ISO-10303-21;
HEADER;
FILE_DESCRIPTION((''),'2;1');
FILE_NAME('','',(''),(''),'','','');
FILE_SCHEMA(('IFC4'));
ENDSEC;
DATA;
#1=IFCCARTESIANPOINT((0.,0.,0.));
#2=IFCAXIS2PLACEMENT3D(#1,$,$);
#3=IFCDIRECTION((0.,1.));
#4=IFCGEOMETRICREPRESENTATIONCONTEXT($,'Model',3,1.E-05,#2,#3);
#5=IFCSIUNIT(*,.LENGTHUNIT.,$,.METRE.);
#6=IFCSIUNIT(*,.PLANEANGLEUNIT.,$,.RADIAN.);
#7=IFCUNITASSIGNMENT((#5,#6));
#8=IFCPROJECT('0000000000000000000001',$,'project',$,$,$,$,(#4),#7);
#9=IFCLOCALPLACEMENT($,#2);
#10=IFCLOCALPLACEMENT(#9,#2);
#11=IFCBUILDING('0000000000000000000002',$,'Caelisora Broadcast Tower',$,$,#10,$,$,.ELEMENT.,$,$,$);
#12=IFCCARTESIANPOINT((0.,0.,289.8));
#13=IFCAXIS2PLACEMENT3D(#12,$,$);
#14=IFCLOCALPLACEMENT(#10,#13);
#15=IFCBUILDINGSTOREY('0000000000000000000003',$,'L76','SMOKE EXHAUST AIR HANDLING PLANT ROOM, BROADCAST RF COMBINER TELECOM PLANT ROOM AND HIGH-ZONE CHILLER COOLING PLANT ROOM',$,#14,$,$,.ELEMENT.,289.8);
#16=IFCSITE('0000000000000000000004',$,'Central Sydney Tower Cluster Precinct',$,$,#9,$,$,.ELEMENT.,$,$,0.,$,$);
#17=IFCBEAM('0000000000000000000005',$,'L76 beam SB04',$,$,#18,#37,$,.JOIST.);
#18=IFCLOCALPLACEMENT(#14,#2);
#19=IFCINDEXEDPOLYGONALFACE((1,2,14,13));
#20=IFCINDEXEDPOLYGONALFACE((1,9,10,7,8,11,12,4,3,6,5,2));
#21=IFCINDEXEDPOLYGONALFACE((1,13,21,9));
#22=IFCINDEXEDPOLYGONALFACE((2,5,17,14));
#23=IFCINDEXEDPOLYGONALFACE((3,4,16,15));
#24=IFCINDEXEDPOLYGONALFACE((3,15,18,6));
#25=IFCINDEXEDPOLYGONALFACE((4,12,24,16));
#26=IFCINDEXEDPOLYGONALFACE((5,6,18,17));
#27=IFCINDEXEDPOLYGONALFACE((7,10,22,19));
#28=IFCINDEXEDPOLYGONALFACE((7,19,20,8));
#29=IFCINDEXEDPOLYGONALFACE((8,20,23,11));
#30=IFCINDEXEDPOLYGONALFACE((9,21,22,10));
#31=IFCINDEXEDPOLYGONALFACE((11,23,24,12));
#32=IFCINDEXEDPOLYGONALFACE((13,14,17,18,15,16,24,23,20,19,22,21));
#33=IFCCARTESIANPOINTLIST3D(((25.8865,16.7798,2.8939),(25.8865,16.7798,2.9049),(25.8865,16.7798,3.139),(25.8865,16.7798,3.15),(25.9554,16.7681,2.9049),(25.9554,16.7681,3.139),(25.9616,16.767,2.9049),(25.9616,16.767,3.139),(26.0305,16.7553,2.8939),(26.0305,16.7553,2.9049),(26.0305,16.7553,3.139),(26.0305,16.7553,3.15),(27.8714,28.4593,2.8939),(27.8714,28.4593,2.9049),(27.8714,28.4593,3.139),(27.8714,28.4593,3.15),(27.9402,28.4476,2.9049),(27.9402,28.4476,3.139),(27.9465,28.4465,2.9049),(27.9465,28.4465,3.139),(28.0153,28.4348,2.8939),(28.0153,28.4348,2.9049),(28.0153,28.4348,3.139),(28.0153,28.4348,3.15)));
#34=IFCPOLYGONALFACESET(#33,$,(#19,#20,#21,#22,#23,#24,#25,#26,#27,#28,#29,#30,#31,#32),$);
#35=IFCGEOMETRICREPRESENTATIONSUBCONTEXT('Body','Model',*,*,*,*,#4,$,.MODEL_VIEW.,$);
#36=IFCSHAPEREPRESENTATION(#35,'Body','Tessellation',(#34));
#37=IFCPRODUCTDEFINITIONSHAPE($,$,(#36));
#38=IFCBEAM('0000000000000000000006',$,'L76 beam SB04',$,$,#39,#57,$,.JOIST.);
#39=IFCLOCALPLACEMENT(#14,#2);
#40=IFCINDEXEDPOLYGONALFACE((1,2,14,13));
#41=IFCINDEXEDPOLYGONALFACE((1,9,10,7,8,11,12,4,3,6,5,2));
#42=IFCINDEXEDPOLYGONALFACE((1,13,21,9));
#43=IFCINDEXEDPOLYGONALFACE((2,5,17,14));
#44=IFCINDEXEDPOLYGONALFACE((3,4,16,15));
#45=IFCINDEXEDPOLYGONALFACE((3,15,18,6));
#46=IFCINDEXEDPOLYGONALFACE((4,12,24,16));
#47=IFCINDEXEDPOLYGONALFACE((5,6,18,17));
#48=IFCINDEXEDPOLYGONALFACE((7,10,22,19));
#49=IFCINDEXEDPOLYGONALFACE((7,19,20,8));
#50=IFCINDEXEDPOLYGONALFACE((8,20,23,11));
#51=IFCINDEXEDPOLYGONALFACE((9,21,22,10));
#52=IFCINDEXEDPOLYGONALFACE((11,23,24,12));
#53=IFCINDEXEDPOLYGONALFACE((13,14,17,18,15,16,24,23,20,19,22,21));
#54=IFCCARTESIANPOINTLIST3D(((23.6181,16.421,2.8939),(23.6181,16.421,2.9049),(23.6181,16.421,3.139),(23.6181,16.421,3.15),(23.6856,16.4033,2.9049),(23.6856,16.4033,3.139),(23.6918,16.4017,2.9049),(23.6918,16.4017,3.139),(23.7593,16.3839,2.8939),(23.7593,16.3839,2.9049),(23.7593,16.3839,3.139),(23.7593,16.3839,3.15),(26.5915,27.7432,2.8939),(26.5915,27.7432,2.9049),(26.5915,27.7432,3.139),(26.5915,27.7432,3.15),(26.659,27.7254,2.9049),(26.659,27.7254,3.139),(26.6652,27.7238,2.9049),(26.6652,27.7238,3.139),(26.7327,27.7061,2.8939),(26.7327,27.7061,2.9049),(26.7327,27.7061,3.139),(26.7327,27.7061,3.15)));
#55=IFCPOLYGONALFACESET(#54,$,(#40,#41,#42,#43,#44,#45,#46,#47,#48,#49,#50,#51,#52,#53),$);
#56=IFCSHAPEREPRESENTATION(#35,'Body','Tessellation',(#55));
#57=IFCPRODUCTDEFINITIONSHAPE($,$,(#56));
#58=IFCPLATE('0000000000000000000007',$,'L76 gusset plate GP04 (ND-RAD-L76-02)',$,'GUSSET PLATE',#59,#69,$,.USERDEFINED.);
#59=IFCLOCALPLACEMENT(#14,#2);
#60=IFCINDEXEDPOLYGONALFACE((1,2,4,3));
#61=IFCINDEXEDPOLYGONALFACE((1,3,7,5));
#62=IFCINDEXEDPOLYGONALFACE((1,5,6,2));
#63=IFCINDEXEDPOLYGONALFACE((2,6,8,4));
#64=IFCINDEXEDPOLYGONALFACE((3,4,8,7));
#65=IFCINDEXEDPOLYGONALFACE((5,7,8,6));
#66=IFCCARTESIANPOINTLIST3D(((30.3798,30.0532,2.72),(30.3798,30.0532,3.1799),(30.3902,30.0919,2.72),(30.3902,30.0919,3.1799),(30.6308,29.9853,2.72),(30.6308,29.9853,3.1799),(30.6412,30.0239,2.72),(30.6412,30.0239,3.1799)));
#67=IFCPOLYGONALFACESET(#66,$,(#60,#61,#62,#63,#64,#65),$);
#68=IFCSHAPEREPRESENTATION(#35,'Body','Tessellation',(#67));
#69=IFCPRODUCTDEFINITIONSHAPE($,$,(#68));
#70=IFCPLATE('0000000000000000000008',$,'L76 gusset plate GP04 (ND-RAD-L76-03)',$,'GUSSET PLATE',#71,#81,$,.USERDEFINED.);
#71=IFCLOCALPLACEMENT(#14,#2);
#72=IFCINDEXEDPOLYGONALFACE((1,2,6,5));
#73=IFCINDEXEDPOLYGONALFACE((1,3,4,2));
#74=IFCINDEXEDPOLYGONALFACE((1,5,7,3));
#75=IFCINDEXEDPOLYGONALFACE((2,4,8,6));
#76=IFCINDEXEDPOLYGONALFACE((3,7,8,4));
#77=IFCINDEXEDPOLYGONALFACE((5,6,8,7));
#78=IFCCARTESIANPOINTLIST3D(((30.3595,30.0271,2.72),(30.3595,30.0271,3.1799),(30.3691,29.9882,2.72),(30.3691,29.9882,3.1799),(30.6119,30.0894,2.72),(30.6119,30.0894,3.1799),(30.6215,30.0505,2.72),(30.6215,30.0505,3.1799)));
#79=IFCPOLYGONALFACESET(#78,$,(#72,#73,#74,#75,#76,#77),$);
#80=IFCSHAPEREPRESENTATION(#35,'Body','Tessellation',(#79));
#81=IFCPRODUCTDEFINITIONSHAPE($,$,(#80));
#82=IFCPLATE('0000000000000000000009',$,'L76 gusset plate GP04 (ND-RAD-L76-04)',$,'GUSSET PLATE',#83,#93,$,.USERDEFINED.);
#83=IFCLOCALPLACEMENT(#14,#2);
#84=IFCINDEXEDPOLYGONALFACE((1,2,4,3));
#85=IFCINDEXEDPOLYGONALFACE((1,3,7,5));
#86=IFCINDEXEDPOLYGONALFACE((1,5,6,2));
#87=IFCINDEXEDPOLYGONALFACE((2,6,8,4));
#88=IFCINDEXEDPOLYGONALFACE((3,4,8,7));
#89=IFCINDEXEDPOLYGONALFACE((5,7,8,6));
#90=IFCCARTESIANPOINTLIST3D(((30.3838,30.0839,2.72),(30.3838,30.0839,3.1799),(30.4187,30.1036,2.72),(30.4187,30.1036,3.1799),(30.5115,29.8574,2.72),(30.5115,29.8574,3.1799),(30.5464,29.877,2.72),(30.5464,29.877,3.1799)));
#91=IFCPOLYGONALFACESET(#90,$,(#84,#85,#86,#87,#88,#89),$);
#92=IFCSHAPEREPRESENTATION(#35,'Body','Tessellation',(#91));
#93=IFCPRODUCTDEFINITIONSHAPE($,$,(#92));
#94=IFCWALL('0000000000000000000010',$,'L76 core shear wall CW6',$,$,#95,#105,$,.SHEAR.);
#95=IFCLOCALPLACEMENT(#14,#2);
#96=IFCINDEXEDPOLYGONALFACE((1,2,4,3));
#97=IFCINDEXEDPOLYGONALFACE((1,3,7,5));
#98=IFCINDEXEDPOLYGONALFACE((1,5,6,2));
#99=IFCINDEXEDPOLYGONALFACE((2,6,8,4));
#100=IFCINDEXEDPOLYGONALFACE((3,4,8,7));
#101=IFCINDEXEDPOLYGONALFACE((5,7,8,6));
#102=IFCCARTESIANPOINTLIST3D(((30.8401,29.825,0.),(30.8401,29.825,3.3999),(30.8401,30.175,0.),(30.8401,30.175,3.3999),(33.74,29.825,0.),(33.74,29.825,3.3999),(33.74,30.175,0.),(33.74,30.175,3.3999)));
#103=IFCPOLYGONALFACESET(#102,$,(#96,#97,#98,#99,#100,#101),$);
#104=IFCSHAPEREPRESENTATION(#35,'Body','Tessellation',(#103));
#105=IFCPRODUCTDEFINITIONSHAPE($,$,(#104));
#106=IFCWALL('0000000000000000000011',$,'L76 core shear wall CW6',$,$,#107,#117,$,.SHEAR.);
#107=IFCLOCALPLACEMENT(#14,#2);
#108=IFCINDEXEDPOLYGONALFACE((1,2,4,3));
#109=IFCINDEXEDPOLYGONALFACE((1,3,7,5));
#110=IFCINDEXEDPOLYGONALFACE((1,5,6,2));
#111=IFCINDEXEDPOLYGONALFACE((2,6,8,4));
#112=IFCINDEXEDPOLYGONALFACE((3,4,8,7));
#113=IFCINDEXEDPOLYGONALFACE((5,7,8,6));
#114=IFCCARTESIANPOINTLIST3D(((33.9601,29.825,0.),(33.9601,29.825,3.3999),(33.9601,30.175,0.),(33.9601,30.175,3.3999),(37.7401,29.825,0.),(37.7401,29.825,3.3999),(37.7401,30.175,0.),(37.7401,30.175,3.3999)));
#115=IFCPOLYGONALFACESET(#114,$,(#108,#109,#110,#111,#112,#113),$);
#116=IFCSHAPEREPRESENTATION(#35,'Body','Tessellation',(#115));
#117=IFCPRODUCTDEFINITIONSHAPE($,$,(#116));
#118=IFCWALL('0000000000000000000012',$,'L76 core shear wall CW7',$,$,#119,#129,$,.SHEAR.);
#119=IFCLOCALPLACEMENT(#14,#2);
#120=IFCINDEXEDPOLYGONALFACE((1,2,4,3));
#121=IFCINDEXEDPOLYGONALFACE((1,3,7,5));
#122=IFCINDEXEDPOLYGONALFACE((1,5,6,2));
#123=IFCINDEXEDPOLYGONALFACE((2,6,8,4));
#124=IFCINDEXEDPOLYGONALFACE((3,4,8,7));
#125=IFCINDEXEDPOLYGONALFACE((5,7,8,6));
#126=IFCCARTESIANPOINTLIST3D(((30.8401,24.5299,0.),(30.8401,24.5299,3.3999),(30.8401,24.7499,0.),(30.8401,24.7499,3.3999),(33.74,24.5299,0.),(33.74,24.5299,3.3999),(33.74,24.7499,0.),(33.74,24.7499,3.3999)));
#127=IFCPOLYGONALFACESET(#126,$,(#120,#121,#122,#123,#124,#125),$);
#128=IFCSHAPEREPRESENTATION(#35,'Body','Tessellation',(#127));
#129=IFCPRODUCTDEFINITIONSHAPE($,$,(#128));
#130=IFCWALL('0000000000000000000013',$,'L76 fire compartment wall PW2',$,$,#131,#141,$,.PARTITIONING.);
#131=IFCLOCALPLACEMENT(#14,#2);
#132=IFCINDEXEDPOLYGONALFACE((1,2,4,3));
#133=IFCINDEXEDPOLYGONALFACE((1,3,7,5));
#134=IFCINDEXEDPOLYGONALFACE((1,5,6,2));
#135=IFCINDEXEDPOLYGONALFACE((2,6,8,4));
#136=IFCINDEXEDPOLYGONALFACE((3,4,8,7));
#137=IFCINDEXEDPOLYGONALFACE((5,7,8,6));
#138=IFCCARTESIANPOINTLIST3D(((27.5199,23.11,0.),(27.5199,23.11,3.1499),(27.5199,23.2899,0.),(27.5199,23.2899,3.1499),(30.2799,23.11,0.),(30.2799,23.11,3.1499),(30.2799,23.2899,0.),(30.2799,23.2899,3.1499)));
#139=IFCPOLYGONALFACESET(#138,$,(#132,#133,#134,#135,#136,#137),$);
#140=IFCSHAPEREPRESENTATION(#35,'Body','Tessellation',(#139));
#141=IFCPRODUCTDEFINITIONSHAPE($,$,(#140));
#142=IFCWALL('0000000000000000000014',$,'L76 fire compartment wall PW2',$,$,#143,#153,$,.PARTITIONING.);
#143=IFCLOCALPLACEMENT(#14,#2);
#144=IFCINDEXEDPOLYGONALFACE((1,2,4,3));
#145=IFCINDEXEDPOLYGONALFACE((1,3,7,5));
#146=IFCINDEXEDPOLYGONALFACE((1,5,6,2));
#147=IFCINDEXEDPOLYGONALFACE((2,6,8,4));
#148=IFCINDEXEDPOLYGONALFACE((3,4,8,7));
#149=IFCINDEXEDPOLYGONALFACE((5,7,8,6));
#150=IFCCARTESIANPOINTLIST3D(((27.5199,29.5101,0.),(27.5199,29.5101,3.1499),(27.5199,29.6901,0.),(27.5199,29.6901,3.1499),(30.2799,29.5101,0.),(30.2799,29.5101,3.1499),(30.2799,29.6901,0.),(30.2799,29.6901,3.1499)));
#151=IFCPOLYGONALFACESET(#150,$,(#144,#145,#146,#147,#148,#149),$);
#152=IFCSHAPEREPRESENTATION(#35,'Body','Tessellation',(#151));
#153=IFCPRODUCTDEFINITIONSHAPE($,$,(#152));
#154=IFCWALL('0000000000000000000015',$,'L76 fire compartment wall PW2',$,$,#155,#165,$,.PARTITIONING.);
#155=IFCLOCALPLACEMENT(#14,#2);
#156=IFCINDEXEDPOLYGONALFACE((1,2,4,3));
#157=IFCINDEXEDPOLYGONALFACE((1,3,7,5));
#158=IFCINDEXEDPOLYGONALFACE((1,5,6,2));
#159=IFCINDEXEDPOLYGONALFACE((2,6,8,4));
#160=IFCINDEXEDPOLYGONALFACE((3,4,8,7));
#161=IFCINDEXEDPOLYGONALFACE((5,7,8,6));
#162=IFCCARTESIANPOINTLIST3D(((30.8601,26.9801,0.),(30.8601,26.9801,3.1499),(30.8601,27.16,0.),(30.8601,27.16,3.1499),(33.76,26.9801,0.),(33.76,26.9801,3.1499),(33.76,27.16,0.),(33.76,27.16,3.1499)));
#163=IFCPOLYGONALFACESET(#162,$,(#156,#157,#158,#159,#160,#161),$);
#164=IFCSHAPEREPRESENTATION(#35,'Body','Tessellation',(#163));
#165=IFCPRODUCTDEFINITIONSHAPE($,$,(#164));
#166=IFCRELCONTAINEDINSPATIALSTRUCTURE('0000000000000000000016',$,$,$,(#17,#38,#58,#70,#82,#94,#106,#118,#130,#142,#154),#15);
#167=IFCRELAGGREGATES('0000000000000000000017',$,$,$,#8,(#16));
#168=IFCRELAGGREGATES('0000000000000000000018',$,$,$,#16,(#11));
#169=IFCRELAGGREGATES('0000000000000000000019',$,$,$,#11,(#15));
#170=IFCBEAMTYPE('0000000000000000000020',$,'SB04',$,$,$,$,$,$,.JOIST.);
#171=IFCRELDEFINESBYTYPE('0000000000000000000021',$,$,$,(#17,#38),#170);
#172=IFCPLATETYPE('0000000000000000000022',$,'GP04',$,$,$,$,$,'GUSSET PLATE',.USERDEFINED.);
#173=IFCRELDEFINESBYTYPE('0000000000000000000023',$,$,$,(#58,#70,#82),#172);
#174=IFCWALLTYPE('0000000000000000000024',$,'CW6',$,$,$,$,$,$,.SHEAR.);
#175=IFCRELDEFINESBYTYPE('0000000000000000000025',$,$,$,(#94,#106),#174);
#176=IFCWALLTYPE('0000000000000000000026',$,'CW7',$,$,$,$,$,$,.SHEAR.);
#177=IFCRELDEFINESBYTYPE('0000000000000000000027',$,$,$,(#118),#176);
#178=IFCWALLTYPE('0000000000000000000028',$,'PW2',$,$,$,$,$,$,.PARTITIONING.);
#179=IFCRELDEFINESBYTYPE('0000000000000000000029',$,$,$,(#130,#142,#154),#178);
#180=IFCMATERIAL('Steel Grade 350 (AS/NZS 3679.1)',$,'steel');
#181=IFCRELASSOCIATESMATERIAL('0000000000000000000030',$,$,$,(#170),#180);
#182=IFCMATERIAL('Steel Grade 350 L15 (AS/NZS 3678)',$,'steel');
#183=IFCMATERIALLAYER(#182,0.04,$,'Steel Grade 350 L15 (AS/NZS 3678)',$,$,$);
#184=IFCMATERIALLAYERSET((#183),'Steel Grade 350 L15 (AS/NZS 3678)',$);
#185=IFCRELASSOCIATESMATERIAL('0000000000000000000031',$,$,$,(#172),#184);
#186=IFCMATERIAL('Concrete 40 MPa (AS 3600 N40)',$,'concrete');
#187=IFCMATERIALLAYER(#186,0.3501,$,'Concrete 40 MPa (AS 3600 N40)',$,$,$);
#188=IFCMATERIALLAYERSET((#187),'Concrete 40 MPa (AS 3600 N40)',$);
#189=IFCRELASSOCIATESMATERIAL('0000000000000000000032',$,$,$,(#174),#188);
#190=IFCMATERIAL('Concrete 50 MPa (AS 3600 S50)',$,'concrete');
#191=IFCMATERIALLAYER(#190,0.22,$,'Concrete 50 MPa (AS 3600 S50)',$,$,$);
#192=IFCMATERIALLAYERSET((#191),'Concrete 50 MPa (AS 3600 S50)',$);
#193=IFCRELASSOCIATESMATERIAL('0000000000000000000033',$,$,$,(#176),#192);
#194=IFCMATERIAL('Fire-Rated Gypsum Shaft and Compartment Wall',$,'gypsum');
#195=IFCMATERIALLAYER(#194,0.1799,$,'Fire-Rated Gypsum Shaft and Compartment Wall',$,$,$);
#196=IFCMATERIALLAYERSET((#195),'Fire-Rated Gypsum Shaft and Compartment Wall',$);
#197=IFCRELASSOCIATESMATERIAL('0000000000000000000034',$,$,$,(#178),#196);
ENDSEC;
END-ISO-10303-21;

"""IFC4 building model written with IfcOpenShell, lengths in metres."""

from ifc_helpers import new_model, si_unit, direction, frame, frame_2d, origin, origin_2d, place, context, subcontext, project, spatial, rectangle, i_section, extrude, source, transform, mapped, material, layer, layer_set, material_profile, profile_set, type_object, type_shapes, element, save


model = new_model("IFC4")

# Units and contexts
model_context = context("Model", 3, precision=1e-05, world=origin(), true_north=direction((0.0, 1.0)))
body_context = subcontext(model_context, "Body", "Model", "MODEL_VIEW")
ifc_project = project(units=[si_unit("LENGTHUNIT", "METRE"), si_unit("PLANEANGLEUNIT", "RADIAN")], contexts=[model_context])

# Site, building, storey
site_placement = place(None, origin())
site = spatial("IfcSite", under=ifc_project, at=site_placement, Name="Central Sydney Tower Cluster Precinct", CompositionType="ELEMENT", RefElevation=0.0)
building_placement = place(site_placement, origin())
building = spatial("IfcBuilding", under=site, at=building_placement, Name="Caelisora Broadcast Tower", CompositionType="ELEMENT")
storey_placement = place(building_placement, frame((0.0, 0.0, 289.8)))
storey = spatial("IfcBuildingStorey", under=building, at=storey_placement, Name="L76", Description="SMOKE EXHAUST AIR HANDLING PLANT ROOM, BROADCAST RF COMBINER TELECOM PLANT ROOM AND HIGH-ZONE CHILLER COOLING PLANT ROOM", CompositionType="ELEMENT", Elevation=289.8)

# Shared definitions
ifc_material_1 = material(Name="Steel Grade 350 (AS/NZS 3679.1)", Category="steel")

# Beams
ifc_material_profile_1 = material_profile(ifc_material_1, i_section(OverallWidth=0.146, OverallDepth=0.2561, WebThickness=0.0063, FlangeThickness=0.011, at=origin_2d()), Name="Steel Grade 350 (AS/NZS 3679.1)")
ifc_profile_set_1 = profile_set([ifc_material_profile_1], Name="Steel Grade 350 (AS/NZS 3679.1)")
beam_type_1 = type_object("IfcBeamType", Name="SB04", PredefinedType="JOIST", material=ifc_profile_set_1)
shared_shape_1 = source(origin(), body_context, "Body", "SweptSolid", [
    extrude(i_section(OverallWidth=0.146, OverallDepth=0.2561, WebThickness=0.0063, FlangeThickness=0.011, at=origin_2d()), origin(), (0.0, 0.0, 1.0), 11.8469),
])
beam_1_placement = place(storey_placement, frame((27.9434, 28.447, 3.022), z_axis=(-0.167543, -0.985865, 0.0), x_axis=(0.985865, -0.167543, 0.0)))
element("IfcBeam", 1, at=beam_1_placement, inside=storey, type_object=beam_type_1, Name="L76 beam SB04", PredefinedType="JOIST", context=body_context, shape_type="MappedRepresentation", body=[
    mapped(shared_shape_1, transform((0.0, 0.0, 0.0), scale=1.0)),
])
shared_shape_2 = source(origin(), body_context, "Body", "SweptSolid", [
    extrude(i_section(OverallWidth=0.146, OverallDepth=0.2561, WebThickness=0.0063, FlangeThickness=0.011, at=origin_2d()), origin(), (0.0, 0.0, 1.0), 11.7061),
])
beam_2_placement = place(storey_placement, frame((26.6621, 27.7246, 3.022), z_axis=(-0.254007, -0.967202, 0.0), x_axis=(0.967202, -0.254007, 0.0)))
element("IfcBeam", 2, at=beam_2_placement, inside=storey, type_object=beam_type_1, Name="L76 beam SB04", PredefinedType="JOIST", context=body_context, shape_type="MappedRepresentation", body=[
    mapped(shared_shape_2, transform((0.0, 0.0, 0.0), scale=1.0)),
])

# Plates
ifc_material_2 = material(Name="Steel Grade 350 L15 (AS/NZS 3678)", Category="steel")
ifc_layer_1 = layer(ifc_material_2, 0.04, Name="Steel Grade 350 L15 (AS/NZS 3678)")
ifc_layer_set_1 = layer_set([ifc_layer_1], Name="Steel Grade 350 L15 (AS/NZS 3678)")
plate_type = type_object("IfcPlateType", Name="GP04", ElementType="GUSSET PLATE", PredefinedType="USERDEFINED", material=ifc_layer_set_1)
shared_shape_3 = source(origin(), body_context, "Body", "SweptSolid", [
    extrude(rectangle(XDim=0.26, YDim=0.04, at=origin_2d()), origin(), (0.0, 0.0, 1.0), 0.46),
])
type_shapes(plate_type, [shared_shape_3])
for number, where, z_axis, x_axis, name in (
    (3, (30.5105, 30.0386, 2.72), (0.0, 0.0, 1.0), (-0.965245, 0.261347, 0.0), "L76 gusset plate GP04 (ND-RAD-L76-02)"),
    (4, (30.4905, 30.0388, 2.72), (0.0, 0.0, 1.0), (-0.970842, -0.23972, 0.0), "L76 gusset plate GP04 (ND-RAD-L76-03)"),
    (5, (30.4651, 29.9805, 2.72), (0.0, 0.0, 1.0), (0.491056, -0.871128, 0.0), "L76 gusset plate GP04 (ND-RAD-L76-04)"),
):
    element("IfcPlate", number, at=place(storey_placement, frame(where, z_axis=z_axis, x_axis=x_axis)), inside=storey, type_object=plate_type, Name=name, ObjectType="GUSSET PLATE", PredefinedType="USERDEFINED", context=body_context, shape_type="MappedRepresentation", body=[
        mapped(shared_shape_3, transform((0.0, 0.0, 0.0), scale=1.0)),
    ])

# Walls
ifc_material_3 = material(Name="Concrete 40 MPa (AS 3600 N40)", Category="concrete")
ifc_layer_2 = layer(ifc_material_3, 0.3501, Name="Concrete 40 MPa (AS 3600 N40)")
ifc_layer_set_2 = layer_set([ifc_layer_2], Name="Concrete 40 MPa (AS 3600 N40)")
wall_type_1 = type_object("IfcWallType", Name="CW6", PredefinedType="SHEAR", material=ifc_layer_set_2)
wall_1_placement = place(storey_placement, frame((30.8401, 30.0, 0.0), z_axis=(0.0, 0.0, 1.0), x_axis=(1.0, 0.0, 0.0)))
element("IfcWall", 6, at=wall_1_placement, inside=storey, type_object=wall_type_1, Name="L76 core shear wall CW6", PredefinedType="SHEAR", context=body_context, shape_type="SweptSolid", body=[
    extrude(rectangle(XDim=2.8999, YDim=0.3501, at=frame_2d((1.45, 0.0))), origin(), (0.0, 0.0, 1.0), 3.3999),
])
wall_2_placement = place(storey_placement, frame((33.96, 30.0, 0.0), z_axis=(0.0, 0.0, 1.0), x_axis=(1.0, 0.0, 0.0)))
element("IfcWall", 7, at=wall_2_placement, inside=storey, type_object=wall_type_1, Name="L76 core shear wall CW6", PredefinedType="SHEAR", context=body_context, shape_type="SweptSolid", body=[
    extrude(rectangle(XDim=3.78, YDim=0.3501, at=frame_2d((1.8901, 0.0))), origin(), (0.0, 0.0, 1.0), 3.3999),
])
ifc_material_4 = material(Name="Concrete 50 MPa (AS 3600 S50)", Category="concrete")
ifc_layer_3 = layer(ifc_material_4, 0.22, Name="Concrete 50 MPa (AS 3600 S50)")
ifc_layer_set_3 = layer_set([ifc_layer_3], Name="Concrete 50 MPa (AS 3600 S50)")
wall_type_2 = type_object("IfcWallType", Name="CW7", PredefinedType="SHEAR", material=ifc_layer_set_3)
wall_3_placement = place(storey_placement, frame((30.8401, 24.6399, 0.0), z_axis=(0.0, 0.0, 1.0), x_axis=(1.0, 0.0, 0.0)))
element("IfcWall", 8, at=wall_3_placement, inside=storey, type_object=wall_type_2, Name="L76 core shear wall CW7", PredefinedType="SHEAR", context=body_context, shape_type="SweptSolid", body=[
    extrude(rectangle(XDim=2.8999, YDim=0.22, at=frame_2d((1.45, 0.0))), origin(), (0.0, 0.0, 1.0), 3.3999),
])

# Shared definitions
ifc_material_5 = material(Name="Fire-Rated Gypsum Shaft and Compartment Wall", Category="gypsum")
ifc_layer_4 = layer(ifc_material_5, 0.1799, Name="Fire-Rated Gypsum Shaft and Compartment Wall")
ifc_layer_set_4 = layer_set([ifc_layer_4], Name="Fire-Rated Gypsum Shaft and Compartment Wall")
wall_type_3 = type_object("IfcWallType", Name="PW2", PredefinedType="PARTITIONING", material=ifc_layer_set_4)

# Walls
for number, where, z_axis, x_axis, name in (
    (9, (27.52, 23.2, 0.0), (0.0, 0.0, 1.0), (1.0, 0.0, 0.0), "L76 fire compartment wall PW2"),
    (10, (27.52, 29.6001, 0.0), (0.0, 0.0, 1.0), (1.0, 0.0, 0.0), "L76 fire compartment wall PW2"),
):
    element("IfcWall", number, at=place(storey_placement, frame(where, z_axis=z_axis, x_axis=x_axis)), inside=storey, type_object=wall_type_3, Name=name, PredefinedType="PARTITIONING", context=body_context, shape_type="SweptSolid", body=[
        extrude(rectangle(XDim=2.76, YDim=0.1799, at=frame_2d((1.3799, 0.0))), origin(), (0.0, 0.0, 1.0), 3.1499),
    ])
wall_4_placement = place(storey_placement, frame((30.8601, 27.0701, 0.0), z_axis=(0.0, 0.0, 1.0), x_axis=(1.0, 0.0, 0.0)))
element("IfcWall", 11, at=wall_4_placement, inside=storey, type_object=wall_type_3, Name="L76 fire compartment wall PW2", PredefinedType="PARTITIONING", context=body_context, shape_type="SweptSolid", body=[
    extrude(rectangle(XDim=2.8999, YDim=0.1799, at=frame_2d((1.45, 0.0))), origin(), (0.0, 0.0, 1.0), 3.1499),
])

save(model, "model.ifc")
